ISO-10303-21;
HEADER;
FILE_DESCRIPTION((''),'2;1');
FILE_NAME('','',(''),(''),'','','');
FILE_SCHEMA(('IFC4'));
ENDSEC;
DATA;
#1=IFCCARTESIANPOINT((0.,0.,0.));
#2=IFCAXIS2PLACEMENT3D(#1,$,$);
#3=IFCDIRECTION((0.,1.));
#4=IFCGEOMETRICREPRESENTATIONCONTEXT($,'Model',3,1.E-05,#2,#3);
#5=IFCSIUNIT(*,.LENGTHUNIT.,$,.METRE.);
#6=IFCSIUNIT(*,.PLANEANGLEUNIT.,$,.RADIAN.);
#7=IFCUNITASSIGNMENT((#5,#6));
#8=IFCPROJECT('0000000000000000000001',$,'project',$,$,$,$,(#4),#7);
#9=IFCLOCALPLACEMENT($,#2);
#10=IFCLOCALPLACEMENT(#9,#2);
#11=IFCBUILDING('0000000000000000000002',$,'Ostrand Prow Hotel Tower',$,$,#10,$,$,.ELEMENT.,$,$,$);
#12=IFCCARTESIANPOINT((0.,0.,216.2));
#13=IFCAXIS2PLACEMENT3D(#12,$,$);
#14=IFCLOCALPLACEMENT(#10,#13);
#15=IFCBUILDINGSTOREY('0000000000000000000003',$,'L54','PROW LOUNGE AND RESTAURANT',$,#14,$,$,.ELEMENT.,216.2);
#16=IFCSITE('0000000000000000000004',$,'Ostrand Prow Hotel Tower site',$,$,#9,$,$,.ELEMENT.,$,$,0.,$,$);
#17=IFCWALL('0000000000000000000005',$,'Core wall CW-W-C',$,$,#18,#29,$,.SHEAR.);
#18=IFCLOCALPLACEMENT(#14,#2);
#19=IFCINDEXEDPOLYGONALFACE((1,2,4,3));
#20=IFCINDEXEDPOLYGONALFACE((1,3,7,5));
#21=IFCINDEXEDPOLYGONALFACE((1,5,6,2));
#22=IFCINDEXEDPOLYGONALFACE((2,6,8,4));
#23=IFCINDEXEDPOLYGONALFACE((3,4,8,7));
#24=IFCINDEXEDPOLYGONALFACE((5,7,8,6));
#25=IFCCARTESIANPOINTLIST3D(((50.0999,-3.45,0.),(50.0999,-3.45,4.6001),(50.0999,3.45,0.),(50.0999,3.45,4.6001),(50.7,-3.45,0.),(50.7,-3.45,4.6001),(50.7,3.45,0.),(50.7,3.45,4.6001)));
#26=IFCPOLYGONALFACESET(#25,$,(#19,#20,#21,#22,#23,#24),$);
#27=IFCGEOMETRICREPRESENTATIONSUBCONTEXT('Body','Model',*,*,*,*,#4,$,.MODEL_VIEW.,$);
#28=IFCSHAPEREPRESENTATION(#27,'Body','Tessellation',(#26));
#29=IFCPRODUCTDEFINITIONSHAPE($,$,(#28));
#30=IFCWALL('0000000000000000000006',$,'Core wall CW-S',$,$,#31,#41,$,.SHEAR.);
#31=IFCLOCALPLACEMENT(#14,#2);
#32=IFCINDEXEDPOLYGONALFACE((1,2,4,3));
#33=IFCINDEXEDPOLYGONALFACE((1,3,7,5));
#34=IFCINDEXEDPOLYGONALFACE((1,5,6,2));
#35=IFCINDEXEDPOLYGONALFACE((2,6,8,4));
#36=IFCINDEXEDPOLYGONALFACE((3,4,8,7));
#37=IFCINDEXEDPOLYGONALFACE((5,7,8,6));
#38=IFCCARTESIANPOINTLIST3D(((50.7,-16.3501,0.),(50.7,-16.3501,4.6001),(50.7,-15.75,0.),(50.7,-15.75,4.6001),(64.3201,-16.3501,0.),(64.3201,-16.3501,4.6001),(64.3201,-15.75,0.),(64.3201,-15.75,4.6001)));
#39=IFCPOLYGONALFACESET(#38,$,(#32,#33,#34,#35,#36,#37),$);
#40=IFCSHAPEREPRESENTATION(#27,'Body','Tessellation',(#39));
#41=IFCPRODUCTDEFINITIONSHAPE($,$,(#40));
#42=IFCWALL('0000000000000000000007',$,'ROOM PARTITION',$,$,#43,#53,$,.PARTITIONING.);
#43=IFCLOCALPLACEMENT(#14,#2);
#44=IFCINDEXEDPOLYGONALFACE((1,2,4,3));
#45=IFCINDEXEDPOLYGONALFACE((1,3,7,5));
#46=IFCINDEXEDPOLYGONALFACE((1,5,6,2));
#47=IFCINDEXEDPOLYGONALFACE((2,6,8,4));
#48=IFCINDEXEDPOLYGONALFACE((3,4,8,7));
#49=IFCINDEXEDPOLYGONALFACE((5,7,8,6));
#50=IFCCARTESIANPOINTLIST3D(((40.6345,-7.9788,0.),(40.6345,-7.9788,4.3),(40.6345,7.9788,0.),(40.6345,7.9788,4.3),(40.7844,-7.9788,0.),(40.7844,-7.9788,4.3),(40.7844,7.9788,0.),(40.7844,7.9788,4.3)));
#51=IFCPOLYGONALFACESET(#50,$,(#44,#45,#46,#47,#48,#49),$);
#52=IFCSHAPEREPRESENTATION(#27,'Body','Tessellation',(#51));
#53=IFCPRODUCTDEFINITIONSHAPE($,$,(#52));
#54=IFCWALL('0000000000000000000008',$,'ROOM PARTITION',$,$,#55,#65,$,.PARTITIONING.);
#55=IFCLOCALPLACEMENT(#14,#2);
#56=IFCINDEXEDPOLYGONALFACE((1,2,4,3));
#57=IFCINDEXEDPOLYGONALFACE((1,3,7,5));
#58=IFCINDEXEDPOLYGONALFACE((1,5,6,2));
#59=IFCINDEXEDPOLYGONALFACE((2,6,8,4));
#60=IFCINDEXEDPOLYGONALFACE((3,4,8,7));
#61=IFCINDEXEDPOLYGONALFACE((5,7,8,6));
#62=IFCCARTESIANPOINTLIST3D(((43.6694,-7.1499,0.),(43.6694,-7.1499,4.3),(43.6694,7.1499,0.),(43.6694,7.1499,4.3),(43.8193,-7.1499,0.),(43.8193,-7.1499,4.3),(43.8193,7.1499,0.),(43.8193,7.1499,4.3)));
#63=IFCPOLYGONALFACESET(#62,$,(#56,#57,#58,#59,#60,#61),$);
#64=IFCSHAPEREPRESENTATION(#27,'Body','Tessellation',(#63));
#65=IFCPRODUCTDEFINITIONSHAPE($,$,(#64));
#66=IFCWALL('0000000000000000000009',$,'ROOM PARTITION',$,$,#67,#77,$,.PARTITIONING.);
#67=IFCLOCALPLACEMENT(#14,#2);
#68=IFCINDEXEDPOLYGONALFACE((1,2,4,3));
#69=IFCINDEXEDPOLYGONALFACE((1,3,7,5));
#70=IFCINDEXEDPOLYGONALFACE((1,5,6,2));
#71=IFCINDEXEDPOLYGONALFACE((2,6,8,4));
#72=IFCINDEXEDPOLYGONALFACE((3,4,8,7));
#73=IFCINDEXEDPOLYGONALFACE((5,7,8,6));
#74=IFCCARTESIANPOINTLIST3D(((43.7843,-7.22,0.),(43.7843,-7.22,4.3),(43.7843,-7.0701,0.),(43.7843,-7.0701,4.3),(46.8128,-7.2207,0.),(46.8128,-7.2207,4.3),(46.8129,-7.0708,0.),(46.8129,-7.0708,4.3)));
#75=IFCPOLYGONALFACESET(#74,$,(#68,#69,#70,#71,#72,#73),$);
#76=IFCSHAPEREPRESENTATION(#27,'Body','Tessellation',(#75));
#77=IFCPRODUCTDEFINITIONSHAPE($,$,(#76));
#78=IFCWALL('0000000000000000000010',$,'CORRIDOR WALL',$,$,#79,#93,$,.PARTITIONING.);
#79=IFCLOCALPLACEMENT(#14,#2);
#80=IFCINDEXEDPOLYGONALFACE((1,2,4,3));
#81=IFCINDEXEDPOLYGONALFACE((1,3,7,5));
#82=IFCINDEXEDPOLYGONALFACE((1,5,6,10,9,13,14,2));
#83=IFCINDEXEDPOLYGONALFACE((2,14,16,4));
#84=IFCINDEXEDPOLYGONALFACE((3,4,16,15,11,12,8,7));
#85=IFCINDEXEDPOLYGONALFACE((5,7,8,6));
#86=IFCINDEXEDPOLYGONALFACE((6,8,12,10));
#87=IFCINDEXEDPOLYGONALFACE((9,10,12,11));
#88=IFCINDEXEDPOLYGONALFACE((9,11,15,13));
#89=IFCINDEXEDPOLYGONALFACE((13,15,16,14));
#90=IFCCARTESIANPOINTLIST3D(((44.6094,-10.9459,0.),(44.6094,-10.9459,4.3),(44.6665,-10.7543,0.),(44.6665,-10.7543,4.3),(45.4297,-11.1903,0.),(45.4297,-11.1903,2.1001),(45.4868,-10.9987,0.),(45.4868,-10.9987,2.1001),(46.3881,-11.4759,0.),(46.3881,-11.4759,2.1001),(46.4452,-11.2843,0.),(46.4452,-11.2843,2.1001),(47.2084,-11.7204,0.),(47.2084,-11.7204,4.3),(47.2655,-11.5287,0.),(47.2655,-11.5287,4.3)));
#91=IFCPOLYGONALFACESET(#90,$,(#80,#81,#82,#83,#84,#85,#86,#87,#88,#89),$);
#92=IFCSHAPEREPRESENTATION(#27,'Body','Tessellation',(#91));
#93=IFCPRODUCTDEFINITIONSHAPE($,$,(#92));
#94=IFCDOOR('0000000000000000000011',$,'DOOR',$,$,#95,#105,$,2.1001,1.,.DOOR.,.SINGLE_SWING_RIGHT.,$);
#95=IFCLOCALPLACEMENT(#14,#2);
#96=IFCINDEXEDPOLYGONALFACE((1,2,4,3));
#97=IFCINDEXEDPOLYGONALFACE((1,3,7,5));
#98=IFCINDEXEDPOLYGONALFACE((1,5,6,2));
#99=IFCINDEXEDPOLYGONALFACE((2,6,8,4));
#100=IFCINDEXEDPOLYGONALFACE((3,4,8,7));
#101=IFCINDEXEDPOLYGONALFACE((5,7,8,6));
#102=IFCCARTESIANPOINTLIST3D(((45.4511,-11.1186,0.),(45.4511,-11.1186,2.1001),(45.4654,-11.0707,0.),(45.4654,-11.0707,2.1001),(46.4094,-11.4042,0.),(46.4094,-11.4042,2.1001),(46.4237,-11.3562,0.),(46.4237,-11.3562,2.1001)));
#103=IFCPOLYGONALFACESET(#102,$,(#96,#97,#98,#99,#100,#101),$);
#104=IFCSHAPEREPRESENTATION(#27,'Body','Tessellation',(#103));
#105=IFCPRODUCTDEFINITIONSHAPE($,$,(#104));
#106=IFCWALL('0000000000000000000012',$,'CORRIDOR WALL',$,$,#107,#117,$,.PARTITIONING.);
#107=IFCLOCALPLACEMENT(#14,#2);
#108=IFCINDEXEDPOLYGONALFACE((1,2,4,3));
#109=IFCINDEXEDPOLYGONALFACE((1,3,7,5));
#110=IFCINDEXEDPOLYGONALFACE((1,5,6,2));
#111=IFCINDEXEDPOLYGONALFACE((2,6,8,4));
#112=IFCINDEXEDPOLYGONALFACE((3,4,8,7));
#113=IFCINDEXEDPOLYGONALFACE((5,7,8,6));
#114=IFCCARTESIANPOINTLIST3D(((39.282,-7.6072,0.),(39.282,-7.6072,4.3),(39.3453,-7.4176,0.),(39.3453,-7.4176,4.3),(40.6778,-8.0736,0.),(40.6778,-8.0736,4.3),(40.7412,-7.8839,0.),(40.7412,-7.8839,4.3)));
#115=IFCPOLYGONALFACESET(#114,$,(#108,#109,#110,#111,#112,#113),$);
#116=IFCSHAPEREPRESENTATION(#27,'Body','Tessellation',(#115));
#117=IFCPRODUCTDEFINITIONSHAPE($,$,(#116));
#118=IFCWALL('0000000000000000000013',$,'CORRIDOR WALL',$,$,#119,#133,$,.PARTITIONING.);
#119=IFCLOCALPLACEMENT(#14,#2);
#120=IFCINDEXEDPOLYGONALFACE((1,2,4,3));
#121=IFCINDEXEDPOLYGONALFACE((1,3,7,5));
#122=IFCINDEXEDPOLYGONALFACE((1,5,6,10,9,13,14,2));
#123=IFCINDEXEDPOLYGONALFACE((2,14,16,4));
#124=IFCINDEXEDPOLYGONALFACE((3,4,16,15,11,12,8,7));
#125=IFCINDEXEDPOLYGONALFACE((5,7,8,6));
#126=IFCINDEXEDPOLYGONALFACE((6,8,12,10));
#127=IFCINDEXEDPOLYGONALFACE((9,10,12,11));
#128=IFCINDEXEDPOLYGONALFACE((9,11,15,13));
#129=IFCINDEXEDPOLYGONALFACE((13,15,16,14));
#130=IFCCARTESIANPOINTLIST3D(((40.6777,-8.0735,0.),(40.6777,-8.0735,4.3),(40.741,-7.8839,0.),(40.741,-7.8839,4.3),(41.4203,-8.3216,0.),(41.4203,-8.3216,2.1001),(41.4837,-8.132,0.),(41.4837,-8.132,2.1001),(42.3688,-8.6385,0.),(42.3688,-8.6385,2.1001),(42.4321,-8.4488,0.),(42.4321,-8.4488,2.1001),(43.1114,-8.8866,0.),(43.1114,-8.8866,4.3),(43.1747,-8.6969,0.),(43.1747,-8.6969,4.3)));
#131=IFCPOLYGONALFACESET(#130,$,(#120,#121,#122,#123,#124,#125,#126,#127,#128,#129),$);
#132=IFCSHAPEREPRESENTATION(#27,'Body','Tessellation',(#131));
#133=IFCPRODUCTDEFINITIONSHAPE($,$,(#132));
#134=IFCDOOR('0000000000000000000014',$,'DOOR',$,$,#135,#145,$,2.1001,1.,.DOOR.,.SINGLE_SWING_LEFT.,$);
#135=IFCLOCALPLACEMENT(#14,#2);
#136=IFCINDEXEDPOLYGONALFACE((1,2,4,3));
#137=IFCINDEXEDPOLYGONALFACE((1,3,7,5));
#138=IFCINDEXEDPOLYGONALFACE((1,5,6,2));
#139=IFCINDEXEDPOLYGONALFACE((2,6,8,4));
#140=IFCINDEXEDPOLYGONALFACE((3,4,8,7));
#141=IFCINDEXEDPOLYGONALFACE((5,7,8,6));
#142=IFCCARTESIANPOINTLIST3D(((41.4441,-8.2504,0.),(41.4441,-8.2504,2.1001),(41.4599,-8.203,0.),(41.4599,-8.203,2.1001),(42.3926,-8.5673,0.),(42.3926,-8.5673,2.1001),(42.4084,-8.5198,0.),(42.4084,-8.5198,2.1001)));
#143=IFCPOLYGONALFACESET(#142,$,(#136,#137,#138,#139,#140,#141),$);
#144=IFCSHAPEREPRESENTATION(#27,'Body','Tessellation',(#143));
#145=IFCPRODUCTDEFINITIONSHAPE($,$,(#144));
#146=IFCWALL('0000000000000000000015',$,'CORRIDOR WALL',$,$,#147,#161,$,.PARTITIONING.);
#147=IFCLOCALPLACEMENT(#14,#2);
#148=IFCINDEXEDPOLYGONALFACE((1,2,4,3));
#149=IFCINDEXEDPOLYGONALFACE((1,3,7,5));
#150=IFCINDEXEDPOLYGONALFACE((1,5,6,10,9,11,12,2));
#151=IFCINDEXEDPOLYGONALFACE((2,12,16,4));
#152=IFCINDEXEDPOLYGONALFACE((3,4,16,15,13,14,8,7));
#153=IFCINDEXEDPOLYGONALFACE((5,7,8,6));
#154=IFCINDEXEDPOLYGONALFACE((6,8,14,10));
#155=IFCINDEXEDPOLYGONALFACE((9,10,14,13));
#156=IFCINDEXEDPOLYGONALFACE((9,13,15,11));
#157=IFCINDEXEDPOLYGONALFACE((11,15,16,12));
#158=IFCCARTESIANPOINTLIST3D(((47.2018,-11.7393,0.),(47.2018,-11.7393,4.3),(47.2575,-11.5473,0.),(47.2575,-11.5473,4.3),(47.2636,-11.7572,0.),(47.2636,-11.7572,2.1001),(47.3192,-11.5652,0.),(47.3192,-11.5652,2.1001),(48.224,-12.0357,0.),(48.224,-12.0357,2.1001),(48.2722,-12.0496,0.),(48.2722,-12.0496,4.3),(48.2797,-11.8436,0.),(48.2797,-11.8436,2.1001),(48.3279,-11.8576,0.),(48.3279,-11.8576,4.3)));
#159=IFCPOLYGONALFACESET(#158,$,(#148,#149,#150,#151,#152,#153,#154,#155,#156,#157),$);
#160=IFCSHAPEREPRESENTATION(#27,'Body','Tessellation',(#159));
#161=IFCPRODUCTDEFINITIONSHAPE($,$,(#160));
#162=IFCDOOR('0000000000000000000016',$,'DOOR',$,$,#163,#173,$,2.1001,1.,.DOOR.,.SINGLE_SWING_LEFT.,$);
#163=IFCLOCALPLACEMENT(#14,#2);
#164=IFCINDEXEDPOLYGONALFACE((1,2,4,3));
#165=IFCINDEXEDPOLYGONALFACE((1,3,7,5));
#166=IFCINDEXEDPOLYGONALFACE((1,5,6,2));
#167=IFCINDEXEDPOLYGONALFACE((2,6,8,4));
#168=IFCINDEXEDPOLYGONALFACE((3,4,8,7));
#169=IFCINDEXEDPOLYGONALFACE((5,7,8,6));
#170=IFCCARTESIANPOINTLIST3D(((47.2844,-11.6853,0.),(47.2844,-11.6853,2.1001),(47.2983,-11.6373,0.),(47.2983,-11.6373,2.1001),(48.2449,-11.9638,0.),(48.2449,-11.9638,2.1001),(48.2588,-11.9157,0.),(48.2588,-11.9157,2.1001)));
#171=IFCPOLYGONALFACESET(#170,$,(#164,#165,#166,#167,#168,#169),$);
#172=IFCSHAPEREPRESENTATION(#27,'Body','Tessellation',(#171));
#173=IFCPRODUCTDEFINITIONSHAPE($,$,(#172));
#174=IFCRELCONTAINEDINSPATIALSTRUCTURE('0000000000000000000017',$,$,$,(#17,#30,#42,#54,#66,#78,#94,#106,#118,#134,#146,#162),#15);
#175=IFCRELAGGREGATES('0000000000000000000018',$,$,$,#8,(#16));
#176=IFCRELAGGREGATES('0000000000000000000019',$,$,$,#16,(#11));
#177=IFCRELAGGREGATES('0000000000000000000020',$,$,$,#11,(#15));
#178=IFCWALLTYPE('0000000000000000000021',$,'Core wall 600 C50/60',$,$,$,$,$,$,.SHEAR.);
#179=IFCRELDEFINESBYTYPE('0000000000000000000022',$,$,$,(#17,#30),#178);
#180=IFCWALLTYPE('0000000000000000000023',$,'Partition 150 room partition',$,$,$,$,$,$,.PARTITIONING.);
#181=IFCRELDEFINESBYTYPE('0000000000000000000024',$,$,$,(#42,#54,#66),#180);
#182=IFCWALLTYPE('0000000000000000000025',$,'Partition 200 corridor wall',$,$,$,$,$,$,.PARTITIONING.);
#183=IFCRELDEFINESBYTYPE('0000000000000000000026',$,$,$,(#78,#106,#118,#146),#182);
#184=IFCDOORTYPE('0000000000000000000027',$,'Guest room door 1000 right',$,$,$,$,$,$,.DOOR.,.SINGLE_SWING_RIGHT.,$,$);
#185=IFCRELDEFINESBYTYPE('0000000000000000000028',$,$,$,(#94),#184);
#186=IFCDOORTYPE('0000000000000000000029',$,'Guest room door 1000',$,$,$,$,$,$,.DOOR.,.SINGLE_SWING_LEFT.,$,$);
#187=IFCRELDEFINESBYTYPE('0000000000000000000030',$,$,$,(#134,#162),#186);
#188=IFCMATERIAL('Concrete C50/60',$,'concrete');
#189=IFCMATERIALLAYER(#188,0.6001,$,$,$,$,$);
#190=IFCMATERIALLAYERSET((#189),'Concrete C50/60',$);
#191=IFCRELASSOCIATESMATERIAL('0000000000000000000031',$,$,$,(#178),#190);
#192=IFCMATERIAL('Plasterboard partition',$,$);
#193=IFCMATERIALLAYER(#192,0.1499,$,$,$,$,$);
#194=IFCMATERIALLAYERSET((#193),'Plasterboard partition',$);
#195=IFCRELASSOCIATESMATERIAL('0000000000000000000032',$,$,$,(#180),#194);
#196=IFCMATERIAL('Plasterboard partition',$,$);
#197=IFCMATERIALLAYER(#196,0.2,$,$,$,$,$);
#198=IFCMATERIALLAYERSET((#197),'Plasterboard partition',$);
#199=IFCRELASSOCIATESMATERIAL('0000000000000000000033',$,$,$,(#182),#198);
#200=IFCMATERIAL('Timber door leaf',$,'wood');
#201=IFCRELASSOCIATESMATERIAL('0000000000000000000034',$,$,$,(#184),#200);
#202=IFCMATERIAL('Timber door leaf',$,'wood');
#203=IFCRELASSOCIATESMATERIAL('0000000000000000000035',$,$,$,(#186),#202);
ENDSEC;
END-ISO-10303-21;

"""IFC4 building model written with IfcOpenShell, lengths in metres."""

from ifc_helpers import new_model, si_unit, direction, frame, frame_2d, origin, place, context, subcontext, project, spatial, rectangle, extrude, material, layer, layer_set, type_object, element, fill, save


model = new_model("IFC4")

# Units and contexts
model_context = context("Model", 3, precision=1e-05, world=origin(), true_north=direction((0.0, 1.0)))
body_context = subcontext(model_context, "Body", "Model", "MODEL_VIEW")
ifc_project = project(units=[si_unit("LENGTHUNIT", "METRE"), si_unit("PLANEANGLEUNIT", "RADIAN")], contexts=[model_context])

# Site, building, storey
site_placement = place(None, origin())
site = spatial("IfcSite", under=ifc_project, at=site_placement, Name="Ostrand Prow Hotel Tower site", CompositionType="ELEMENT", RefElevation=0.0)
building_placement = place(site_placement, origin())
building = spatial("IfcBuilding", under=site, at=building_placement, Name="Ostrand Prow Hotel Tower", CompositionType="ELEMENT")
storey_placement = place(building_placement, frame((0.0, 0.0, 216.2)))
storey = spatial("IfcBuildingStorey", under=building, at=storey_placement, Name="L54", Description="PROW LOUNGE AND RESTAURANT", CompositionType="ELEMENT", Elevation=216.2)

# Walls
ifc_material_1 = material(Name="Concrete C50/60", Category="concrete")
ifc_layer_1 = layer(ifc_material_1, 0.6001)
ifc_layer_set_1 = layer_set([ifc_layer_1], Name="Concrete C50/60")
wall_type_1 = type_object("IfcWallType", Name="Core wall 600 C50/60", PredefinedType="SHEAR", material=ifc_layer_set_1)
wall_1_placement = place(storey_placement, frame((50.3999, -3.45, 0.0), z_axis=(0.0, 0.0, 1.0), x_axis=(0.0, 1.0, 0.0)))
element("IfcWall", 1, at=wall_1_placement, inside=storey, type_object=wall_type_1, Name="Core wall CW-W-C", PredefinedType="SHEAR", context=body_context, shape_type="SweptSolid", body=[
    extrude(rectangle(XDim=6.8999, YDim=0.6001, at=frame_2d((3.45, 0.0))), origin(), (0.0, 0.0, 1.0), 4.6001),
])
wall_2_placement = place(storey_placement, frame((50.7, -16.05, 0.0), z_axis=(0.0, 0.0, 1.0), x_axis=(1.0, 0.0, 0.0)))
element("IfcWall", 2, at=wall_2_placement, inside=storey, type_object=wall_type_1, Name="Core wall CW-S", PredefinedType="SHEAR", context=body_context, shape_type="SweptSolid", body=[
    extrude(rectangle(XDim=13.6201, YDim=0.6001, at=frame_2d((6.8101, 0.0))), origin(), (0.0, 0.0, 1.0), 4.6001),
])
ifc_material_2 = material(Name="Plasterboard partition")
ifc_layer_2 = layer(ifc_material_2, 0.1499)
ifc_layer_set_2 = layer_set([ifc_layer_2], Name="Plasterboard partition")
wall_type_2 = type_object("IfcWallType", Name="Partition 150 room partition", PredefinedType="PARTITIONING", material=ifc_layer_set_2)
wall_3_placement = place(storey_placement, frame((40.7095, -7.9788, 0.0), z_axis=(0.0, 0.0, 1.0), x_axis=(0.0, 1.0, 0.0)))
element("IfcWall", 3, at=wall_3_placement, inside=storey, type_object=wall_type_2, Name="ROOM PARTITION", PredefinedType="PARTITIONING", context=body_context, shape_type="SweptSolid", body=[
    extrude(rectangle(XDim=15.9575, YDim=0.1499, at=frame_2d((7.9788, 0.0))), origin(), (0.0, 0.0, 1.0), 4.3),
])
wall_4_placement = place(storey_placement, frame((43.7444, -7.1499, 0.0), z_axis=(0.0, 0.0, 1.0), x_axis=(0.0, 1.0, 0.0)))
element("IfcWall", 4, at=wall_4_placement, inside=storey, type_object=wall_type_2, Name="ROOM PARTITION", PredefinedType="PARTITIONING", context=body_context, shape_type="SweptSolid", body=[
    extrude(rectangle(XDim=14.2998, YDim=0.1499, at=frame_2d((7.1499, 0.0))), origin(), (0.0, 0.0, 1.0), 4.3),
])
wall_5_placement = place(storey_placement, frame((46.8127, -7.1458, 0.0), z_axis=(0.0, 0.0, 1.0), x_axis=(-1.0, 0.000242, 0.0)))
element("IfcWall", 5, at=wall_5_placement, inside=storey, type_object=wall_type_2, Name="ROOM PARTITION", PredefinedType="PARTITIONING", context=body_context, shape_type="SweptSolid", body=[
    extrude(rectangle(XDim=3.0286, YDim=0.1499, at=frame_2d((1.5142, 0.0))), origin(), (0.0, 0.0, 1.0), 4.3),
])

# Wall, opening, door
ifc_material_3 = material(Name="Plasterboard partition")
ifc_layer_3 = layer(ifc_material_3, 0.2)
ifc_layer_set_3 = layer_set([ifc_layer_3], Name="Plasterboard partition")
wall_type_3 = type_object("IfcWallType", Name="Partition 200 corridor wall", PredefinedType="PARTITIONING", material=ifc_layer_set_3)
wall_6_placement = place(storey_placement, frame((44.6379, -10.8501, 0.0), z_axis=(0.0, 0.0, 1.0), x_axis=(0.958357, -0.285572, 0.0)))
wall_6 = element("IfcWall", 6, at=wall_6_placement, inside=storey, type_object=wall_type_3, Name="CORRIDOR WALL", PredefinedType="PARTITIONING", context=body_context, shape_type="SweptSolid", body=[
    extrude(rectangle(XDim=2.7119, YDim=0.2, at=frame_2d((1.356, 0.0))), origin(), (0.0, 0.0, 1.0), 4.3),
])
opening_1_placement = place(wall_6_placement, frame((0.856, 0.0, 0.0)))
opening_1 = element("IfcOpeningElement", 7, at=opening_1_placement, cuts=wall_6, PredefinedType="OPENING", context=body_context, shape_type="SweptSolid", body=[
    extrude(rectangle(XDim=1.0, YDim=2.1001, at=frame_2d((0.5, 1.05))), frame((0.0, 0.1099, 0.0), z_axis=(0.0, -1.0, 0.0), x_axis=(1.0, 0.0, 0.0)), (0.0, 0.0, 1.0), 0.22),
])
ifc_material_4 = material(Name="Timber door leaf", Category="wood")
door_type_1 = type_object("IfcDoorType", Name="Guest room door 1000 right", OperationType="SINGLE_SWING_RIGHT", PredefinedType="DOOR", material=ifc_material_4)
door_1_placement = place(opening_1_placement, origin())
door_1 = element("IfcDoor", 8, at=door_1_placement, inside=storey, type_object=door_type_1, Name="DOOR", OperationType="SINGLE_SWING_RIGHT", OverallHeight=2.1001, OverallWidth=1.0, PredefinedType="DOOR", context=body_context, shape_type="SweptSolid", body=[
    extrude(rectangle(XDim=1.0, YDim=2.1001, at=frame_2d((0.5, 1.05))), frame((0.0, 0.0249, 0.0), z_axis=(0.0, -1.0, 0.0), x_axis=(1.0, 0.0, 0.0)), (0.0, 0.0, 1.0), 0.05),
])
fill(opening_1, door_1)

# Wall
wall_7_placement = place(storey_placement, frame((40.7095, -7.9788, 0.0), z_axis=(0.0, 0.0, 1.0), x_axis=(-0.948467, 0.316875, 0.0)))
element("IfcWall", 9, at=wall_7_placement, inside=storey, type_object=wall_type_3, Name="CORRIDOR WALL", PredefinedType="PARTITIONING", context=body_context, shape_type="SweptSolid", body=[
    extrude(rectangle(XDim=1.4717, YDim=0.2, at=frame_2d((0.7358, 0.0))), origin(), (0.0, 0.0, 1.0), 4.3),
])

# Walls, openings, doors
wall_8_placement = place(storey_placement, frame((43.1431, -8.7917, 0.0), z_axis=(0.0, 0.0, 1.0), x_axis=(-0.948474, 0.316856, 0.0)))
wall_8 = element("IfcWall", 10, at=wall_8_placement, inside=storey, type_object=wall_type_3, Name="CORRIDOR WALL", PredefinedType="PARTITIONING", context=body_context, shape_type="SweptSolid", body=[
    extrude(rectangle(XDim=2.5659, YDim=0.2, at=frame_2d((1.283, 0.0))), origin(), (0.0, 0.0, 1.0), 4.3),
])
opening_2_placement = place(wall_8_placement, frame((0.783, 0.0, 0.0)))
opening_2 = element("IfcOpeningElement", 11, at=opening_2_placement, cuts=wall_8, PredefinedType="OPENING", context=body_context, shape_type="SweptSolid", body=[
    extrude(rectangle(XDim=1.0, YDim=2.1001, at=frame_2d((0.5, 1.05))), frame((0.0, 0.1099, 0.0), z_axis=(0.0, -1.0, 0.0), x_axis=(1.0, 0.0, 0.0)), (0.0, 0.0, 1.0), 0.22),
])
ifc_material_5 = material(Name="Timber door leaf", Category="wood")
door_type_2 = type_object("IfcDoorType", Name="Guest room door 1000", OperationType="SINGLE_SWING_LEFT", PredefinedType="DOOR", material=ifc_material_5)
door_2_placement = place(opening_2_placement, origin())
door_2 = element("IfcDoor", 12, at=door_2_placement, inside=storey, type_object=door_type_2, Name="DOOR", OperationType="SINGLE_SWING_LEFT", OverallHeight=2.1001, OverallWidth=1.0, PredefinedType="DOOR", context=body_context, shape_type="SweptSolid", body=[
    extrude(rectangle(XDim=1.0, YDim=2.1001, at=frame_2d((0.5, 1.05))), frame((0.0, 0.0249, 0.0), z_axis=(0.0, -1.0, 0.0), x_axis=(1.0, 0.0, 0.0)), (0.0, 0.0, 1.0), 0.05),
])
fill(opening_2, door_2)
wall_9_placement = place(storey_placement, frame((47.2297, -11.6433, 0.0), z_axis=(0.0, 0.0, 1.0), x_axis=(0.96045, -0.278452, 0.0)))
wall_9 = element("IfcWall", 13, at=wall_9_placement, inside=storey, type_object=wall_type_3, Name="CORRIDOR WALL", PredefinedType="PARTITIONING", context=body_context, shape_type="SweptSolid", body=[
    extrude(rectangle(XDim=1.1145, YDim=0.2, at=frame_2d((0.5571, 0.0))), origin(), (0.0, 0.0, 1.0), 4.3),
])
opening_3_placement = place(wall_9_placement, frame((0.0642, 0.0, 0.0)))
opening_3 = element("IfcOpeningElement", 14, at=opening_3_placement, cuts=wall_9, PredefinedType="OPENING", context=body_context, shape_type="SweptSolid", body=[
    extrude(rectangle(XDim=1.0, YDim=2.1001, at=frame_2d((0.5, 1.05))), frame((0.0, 0.1099, 0.0), z_axis=(0.0, -1.0, 0.0), x_axis=(1.0, 0.0, 0.0)), (0.0, 0.0, 1.0), 0.22),
])
door_3_placement = place(opening_3_placement, origin())
door_3 = element("IfcDoor", 15, at=door_3_placement, inside=storey, type_object=door_type_2, Name="DOOR", OperationType="SINGLE_SWING_LEFT", OverallHeight=2.1001, OverallWidth=1.0, PredefinedType="DOOR", context=body_context, shape_type="SweptSolid", body=[
    extrude(rectangle(XDim=1.0, YDim=2.1001, at=frame_2d((0.5, 1.05))), frame((0.0, 0.0249, 0.0), z_axis=(0.0, -1.0, 0.0), x_axis=(1.0, 0.0, 0.0)), (0.0, 0.0, 1.0), 0.05),
])
fill(opening_3, door_3)

save(model, "model.ifc")
